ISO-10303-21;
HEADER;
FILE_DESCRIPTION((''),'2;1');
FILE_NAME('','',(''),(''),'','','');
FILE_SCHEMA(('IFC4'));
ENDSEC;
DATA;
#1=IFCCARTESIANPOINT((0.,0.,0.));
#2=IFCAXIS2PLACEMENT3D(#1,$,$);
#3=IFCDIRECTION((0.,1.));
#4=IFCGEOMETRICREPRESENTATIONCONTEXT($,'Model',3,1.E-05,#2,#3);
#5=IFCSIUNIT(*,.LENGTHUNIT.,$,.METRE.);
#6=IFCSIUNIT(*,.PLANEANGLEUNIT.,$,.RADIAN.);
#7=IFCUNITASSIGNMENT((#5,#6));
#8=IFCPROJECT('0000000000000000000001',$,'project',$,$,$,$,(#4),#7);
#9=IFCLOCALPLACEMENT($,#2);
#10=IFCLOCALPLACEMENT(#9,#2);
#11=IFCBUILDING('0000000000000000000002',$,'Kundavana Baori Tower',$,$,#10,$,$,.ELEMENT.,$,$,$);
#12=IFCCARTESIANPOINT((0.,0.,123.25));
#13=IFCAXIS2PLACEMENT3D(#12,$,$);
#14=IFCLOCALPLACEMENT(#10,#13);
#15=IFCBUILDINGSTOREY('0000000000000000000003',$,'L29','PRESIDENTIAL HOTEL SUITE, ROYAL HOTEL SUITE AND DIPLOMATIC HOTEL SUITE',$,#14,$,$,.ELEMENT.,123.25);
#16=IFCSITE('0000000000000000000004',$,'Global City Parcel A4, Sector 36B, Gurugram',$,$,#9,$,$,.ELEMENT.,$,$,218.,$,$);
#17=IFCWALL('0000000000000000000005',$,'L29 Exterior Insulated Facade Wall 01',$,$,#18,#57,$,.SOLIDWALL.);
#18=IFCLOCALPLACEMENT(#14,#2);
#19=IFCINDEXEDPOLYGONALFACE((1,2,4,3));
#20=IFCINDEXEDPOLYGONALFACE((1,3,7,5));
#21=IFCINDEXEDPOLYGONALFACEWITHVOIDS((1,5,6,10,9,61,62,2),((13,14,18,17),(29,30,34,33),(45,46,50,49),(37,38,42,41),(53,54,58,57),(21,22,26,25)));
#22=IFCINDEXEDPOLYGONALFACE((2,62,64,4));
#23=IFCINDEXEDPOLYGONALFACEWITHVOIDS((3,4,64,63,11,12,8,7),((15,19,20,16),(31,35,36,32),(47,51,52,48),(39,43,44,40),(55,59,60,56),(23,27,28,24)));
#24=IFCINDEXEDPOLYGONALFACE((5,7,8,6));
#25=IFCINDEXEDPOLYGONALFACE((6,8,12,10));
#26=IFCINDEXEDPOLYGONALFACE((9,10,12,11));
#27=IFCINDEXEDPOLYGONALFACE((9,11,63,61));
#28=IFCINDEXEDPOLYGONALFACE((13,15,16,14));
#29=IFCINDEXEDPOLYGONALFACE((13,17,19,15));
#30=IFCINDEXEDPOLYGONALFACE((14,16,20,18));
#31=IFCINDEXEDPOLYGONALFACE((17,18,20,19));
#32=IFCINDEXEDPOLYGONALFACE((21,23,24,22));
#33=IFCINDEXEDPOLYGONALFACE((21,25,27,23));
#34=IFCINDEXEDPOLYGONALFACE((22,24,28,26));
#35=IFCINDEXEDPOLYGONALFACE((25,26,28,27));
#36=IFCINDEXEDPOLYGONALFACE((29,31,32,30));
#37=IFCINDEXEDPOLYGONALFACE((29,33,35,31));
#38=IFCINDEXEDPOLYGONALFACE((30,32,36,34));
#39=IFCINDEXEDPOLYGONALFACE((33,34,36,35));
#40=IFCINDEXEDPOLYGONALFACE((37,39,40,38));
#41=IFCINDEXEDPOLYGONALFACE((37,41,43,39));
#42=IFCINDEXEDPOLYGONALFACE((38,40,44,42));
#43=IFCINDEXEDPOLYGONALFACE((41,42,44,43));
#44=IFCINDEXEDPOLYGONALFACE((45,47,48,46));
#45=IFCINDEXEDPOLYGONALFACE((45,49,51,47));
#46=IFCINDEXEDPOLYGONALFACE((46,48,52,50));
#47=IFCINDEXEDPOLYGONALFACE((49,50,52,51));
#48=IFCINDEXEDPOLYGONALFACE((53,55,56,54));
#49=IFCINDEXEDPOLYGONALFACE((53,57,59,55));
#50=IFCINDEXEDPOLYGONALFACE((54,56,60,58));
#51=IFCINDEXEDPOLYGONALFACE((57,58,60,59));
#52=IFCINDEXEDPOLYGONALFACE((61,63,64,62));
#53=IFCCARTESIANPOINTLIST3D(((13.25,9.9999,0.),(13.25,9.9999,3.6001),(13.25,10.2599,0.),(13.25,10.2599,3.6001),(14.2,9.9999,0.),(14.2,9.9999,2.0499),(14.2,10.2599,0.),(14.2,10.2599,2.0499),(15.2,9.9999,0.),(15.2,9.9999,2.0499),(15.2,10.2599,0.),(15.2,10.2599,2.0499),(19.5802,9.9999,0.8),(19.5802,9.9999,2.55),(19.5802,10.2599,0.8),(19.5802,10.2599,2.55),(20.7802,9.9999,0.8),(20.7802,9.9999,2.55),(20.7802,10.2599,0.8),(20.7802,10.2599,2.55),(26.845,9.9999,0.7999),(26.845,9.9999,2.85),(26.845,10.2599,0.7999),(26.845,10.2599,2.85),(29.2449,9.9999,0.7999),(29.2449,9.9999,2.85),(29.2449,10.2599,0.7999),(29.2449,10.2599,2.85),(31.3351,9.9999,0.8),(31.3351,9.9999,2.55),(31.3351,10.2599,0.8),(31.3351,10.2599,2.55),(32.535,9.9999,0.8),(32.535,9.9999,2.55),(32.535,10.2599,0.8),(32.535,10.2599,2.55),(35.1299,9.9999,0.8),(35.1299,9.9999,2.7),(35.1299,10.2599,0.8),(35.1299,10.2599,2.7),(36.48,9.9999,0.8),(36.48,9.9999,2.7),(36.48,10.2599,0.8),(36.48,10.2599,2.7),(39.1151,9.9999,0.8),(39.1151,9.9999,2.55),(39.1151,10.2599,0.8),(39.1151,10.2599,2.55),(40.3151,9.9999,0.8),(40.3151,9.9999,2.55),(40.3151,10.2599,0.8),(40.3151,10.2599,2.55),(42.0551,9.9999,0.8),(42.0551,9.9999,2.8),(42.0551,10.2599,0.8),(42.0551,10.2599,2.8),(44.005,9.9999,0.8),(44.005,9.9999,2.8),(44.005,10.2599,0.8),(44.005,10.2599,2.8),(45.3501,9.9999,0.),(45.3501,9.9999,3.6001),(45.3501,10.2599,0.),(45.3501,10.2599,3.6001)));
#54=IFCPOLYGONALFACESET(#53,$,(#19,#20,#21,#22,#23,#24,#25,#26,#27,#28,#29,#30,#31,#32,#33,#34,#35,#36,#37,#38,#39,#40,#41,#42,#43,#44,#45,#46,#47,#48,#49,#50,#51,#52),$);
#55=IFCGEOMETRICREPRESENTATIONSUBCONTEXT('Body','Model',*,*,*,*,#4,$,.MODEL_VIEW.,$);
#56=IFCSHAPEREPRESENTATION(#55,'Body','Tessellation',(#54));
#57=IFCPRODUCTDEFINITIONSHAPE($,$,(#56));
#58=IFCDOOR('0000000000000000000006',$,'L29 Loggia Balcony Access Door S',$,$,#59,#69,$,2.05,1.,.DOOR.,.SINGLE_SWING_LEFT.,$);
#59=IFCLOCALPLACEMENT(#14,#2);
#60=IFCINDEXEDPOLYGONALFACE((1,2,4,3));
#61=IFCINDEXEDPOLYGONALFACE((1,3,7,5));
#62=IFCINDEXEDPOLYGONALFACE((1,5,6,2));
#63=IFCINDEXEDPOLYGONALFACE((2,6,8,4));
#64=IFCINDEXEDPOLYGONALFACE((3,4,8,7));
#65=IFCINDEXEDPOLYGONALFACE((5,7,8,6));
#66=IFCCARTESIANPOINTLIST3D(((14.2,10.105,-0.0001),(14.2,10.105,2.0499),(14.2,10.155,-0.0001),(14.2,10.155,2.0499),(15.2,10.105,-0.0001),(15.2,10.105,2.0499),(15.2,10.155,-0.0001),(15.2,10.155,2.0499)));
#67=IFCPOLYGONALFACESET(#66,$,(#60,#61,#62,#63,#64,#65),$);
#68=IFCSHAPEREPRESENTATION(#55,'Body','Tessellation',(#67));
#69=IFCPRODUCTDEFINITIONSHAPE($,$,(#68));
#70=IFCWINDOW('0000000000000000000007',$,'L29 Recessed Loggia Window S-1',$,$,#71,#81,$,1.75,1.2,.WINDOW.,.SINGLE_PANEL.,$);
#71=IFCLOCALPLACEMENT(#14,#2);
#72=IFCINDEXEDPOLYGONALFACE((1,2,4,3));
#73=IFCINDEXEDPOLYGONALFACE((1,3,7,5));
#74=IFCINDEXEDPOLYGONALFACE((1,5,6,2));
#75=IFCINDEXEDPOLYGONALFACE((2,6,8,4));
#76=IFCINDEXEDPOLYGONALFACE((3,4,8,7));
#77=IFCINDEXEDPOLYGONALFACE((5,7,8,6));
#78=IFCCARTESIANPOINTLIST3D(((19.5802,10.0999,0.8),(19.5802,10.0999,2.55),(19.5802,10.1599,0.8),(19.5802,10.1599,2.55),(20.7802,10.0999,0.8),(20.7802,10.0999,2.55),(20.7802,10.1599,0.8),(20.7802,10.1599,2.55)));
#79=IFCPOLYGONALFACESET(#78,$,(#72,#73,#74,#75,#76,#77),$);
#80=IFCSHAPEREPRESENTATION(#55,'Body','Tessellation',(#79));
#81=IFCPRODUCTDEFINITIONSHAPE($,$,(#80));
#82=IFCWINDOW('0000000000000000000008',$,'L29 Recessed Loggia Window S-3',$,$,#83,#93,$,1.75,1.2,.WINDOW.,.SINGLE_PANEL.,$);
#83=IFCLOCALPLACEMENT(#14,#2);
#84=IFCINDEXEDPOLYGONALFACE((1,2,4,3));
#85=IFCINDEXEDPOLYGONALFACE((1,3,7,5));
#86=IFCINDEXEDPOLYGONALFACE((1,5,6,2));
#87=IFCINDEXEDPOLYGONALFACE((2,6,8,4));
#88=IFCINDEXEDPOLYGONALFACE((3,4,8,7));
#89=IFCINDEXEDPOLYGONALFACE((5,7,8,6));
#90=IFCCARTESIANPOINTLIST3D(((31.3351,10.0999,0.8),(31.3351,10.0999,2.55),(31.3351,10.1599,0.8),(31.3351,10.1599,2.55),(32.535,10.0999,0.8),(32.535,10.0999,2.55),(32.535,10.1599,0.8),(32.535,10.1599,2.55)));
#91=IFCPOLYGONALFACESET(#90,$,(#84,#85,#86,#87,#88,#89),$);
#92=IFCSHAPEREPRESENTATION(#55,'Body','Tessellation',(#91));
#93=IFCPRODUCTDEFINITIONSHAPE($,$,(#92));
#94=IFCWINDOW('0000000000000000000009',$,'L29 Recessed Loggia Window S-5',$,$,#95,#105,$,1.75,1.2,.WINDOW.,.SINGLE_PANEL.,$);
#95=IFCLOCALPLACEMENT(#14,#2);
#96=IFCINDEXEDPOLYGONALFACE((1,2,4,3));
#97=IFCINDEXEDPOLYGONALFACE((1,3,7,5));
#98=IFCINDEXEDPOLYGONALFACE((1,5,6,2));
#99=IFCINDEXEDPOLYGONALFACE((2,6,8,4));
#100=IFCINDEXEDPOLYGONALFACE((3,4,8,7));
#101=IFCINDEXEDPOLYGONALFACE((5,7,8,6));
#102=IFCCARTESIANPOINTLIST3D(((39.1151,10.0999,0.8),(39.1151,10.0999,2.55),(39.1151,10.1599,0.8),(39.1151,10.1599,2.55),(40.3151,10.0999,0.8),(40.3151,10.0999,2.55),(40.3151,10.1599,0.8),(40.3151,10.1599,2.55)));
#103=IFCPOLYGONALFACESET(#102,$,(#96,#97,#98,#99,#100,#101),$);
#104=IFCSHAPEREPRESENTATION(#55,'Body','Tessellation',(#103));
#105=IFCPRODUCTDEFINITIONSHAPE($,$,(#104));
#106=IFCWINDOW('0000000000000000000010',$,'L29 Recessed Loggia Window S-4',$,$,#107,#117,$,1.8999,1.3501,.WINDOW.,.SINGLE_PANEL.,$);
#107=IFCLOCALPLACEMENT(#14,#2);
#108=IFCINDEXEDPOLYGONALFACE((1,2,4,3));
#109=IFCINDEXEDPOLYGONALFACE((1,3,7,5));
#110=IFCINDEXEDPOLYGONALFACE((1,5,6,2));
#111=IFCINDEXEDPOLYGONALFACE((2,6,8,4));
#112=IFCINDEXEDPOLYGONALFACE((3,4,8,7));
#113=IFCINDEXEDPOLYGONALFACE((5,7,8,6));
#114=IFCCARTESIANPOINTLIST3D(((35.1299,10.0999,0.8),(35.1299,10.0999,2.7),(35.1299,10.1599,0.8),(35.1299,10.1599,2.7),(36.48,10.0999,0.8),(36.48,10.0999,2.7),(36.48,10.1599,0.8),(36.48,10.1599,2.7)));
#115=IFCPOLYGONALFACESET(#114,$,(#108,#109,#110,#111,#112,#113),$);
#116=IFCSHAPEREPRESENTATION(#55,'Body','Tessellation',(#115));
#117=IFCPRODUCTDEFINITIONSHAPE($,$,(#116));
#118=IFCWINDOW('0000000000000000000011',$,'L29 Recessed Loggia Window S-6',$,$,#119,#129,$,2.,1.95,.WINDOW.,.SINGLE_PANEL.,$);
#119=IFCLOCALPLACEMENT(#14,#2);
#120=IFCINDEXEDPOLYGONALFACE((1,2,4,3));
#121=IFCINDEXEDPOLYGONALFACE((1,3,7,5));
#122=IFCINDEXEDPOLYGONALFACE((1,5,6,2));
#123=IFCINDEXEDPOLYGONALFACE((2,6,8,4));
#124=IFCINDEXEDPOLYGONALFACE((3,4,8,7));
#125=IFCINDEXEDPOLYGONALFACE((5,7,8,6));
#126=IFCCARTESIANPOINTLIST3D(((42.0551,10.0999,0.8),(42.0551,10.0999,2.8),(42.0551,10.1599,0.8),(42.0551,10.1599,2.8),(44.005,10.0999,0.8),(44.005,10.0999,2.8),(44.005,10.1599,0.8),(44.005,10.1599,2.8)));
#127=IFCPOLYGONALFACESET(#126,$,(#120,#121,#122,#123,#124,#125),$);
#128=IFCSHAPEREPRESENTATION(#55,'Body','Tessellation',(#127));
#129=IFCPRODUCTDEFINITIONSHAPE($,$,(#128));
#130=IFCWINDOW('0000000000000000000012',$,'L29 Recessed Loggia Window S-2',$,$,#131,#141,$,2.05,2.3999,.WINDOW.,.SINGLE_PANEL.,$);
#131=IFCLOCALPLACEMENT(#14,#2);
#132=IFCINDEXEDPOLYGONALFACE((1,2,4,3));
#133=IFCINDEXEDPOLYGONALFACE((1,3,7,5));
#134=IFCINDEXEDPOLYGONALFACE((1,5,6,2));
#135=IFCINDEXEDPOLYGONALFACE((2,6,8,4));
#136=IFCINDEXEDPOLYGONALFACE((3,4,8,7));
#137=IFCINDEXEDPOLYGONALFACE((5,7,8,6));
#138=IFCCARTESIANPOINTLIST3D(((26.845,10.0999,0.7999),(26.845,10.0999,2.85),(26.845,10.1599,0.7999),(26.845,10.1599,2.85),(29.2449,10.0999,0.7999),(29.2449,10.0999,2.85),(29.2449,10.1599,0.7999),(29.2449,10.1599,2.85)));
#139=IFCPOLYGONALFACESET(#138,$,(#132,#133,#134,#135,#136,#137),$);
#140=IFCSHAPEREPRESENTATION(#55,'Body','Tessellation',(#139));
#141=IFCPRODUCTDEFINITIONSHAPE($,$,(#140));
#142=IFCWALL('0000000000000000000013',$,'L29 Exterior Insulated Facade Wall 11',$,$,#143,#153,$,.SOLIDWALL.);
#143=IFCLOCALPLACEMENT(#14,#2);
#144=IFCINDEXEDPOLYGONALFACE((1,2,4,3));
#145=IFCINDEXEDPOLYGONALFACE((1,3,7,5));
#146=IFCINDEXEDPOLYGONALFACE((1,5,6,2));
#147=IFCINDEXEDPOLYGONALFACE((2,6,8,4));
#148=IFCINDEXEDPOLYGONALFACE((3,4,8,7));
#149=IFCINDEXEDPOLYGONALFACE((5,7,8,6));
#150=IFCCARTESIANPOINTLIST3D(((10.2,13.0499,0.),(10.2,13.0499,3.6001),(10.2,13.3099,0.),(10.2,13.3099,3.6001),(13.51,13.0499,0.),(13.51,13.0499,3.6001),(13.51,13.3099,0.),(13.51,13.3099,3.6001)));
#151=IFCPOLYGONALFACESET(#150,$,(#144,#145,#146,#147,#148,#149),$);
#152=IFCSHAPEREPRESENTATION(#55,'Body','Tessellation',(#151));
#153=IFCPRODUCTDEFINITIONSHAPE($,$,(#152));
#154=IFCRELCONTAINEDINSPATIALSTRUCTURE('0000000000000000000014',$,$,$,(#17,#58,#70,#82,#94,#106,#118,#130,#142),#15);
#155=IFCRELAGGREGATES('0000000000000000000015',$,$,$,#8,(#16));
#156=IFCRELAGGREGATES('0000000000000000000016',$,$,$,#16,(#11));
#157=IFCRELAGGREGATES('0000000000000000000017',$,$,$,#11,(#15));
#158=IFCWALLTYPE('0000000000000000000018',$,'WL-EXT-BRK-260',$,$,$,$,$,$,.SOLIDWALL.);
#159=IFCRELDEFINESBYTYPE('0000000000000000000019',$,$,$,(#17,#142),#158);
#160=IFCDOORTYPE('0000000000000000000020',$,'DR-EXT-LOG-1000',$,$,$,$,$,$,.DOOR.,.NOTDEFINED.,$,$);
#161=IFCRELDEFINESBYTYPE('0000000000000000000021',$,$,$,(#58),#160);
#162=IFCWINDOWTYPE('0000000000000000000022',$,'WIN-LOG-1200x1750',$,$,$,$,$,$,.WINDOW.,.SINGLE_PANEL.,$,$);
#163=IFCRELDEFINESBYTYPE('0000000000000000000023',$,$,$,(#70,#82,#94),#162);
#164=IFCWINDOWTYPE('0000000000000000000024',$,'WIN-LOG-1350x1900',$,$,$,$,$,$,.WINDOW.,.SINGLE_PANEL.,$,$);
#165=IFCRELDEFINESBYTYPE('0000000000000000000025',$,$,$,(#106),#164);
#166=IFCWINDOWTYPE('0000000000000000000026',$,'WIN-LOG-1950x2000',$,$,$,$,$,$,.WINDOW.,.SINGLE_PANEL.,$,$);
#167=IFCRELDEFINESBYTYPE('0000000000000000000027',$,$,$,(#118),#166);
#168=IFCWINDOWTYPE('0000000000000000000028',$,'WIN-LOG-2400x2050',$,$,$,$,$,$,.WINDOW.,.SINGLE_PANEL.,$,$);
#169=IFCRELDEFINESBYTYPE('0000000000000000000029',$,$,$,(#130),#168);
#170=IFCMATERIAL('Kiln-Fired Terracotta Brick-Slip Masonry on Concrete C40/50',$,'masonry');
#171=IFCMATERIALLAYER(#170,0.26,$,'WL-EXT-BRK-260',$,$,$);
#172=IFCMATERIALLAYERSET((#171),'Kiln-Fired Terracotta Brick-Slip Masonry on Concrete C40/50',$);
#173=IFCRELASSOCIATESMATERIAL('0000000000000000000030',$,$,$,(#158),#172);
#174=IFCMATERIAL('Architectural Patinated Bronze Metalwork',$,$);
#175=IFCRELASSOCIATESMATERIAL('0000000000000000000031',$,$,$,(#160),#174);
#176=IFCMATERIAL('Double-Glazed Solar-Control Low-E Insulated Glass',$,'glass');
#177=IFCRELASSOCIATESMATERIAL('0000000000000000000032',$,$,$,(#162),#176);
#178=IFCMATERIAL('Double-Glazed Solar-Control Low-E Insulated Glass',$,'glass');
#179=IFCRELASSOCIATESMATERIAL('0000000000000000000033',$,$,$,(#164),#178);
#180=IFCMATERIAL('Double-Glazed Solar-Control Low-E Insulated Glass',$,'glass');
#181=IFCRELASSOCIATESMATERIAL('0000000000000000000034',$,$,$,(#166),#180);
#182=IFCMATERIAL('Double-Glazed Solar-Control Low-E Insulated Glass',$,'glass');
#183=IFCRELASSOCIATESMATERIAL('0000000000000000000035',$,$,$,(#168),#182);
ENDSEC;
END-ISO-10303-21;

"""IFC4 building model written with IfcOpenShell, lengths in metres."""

from ifc_helpers import new_model, si_unit, direction, frame, frame_2d, origin, place, context, subcontext, project, spatial, rectangle, extrude, material, layer, layer_set, type_object, element, fill, save


model = new_model("IFC4")

# Units and contexts
model_context = context("Model", 3, precision=1e-05, world=origin(), true_north=direction((0.0, 1.0)))
body_context = subcontext(model_context, "Body", "Model", "MODEL_VIEW")
ifc_project = project(units=[si_unit("LENGTHUNIT", "METRE"), si_unit("PLANEANGLEUNIT", "RADIAN")], contexts=[model_context])

# Site, building, storey
site_placement = place(None, origin())
site = spatial("IfcSite", under=ifc_project, at=site_placement, Name="Global City Parcel A4, Sector 36B, Gurugram", CompositionType="ELEMENT", RefElevation=218.0)
building_placement = place(site_placement, origin())
building = spatial("IfcBuilding", under=site, at=building_placement, Name="Kundavana Baori Tower", CompositionType="ELEMENT")
storey_placement = place(building_placement, frame((0.0, 0.0, 123.25)))
storey = spatial("IfcBuildingStorey", under=building, at=storey_placement, Name="L29", Description="PRESIDENTIAL HOTEL SUITE, ROYAL HOTEL SUITE AND DIPLOMATIC HOTEL SUITE", CompositionType="ELEMENT", Elevation=123.25)

# Wall, openings, door, windows
ifc_material_1 = material(Name="Kiln-Fired Terracotta Brick-Slip Masonry on Concrete C40/50", Category="masonry")
ifc_layer_1 = layer(ifc_material_1, 0.26, Name="WL-EXT-BRK-260")
ifc_layer_set_1 = layer_set([ifc_layer_1], Name="Kiln-Fired Terracotta Brick-Slip Masonry on Concrete C40/50")
wall_type_1 = type_object("IfcWallType", Name="WL-EXT-BRK-260", PredefinedType="SOLIDWALL", material=ifc_layer_set_1)
wall_1_placement = place(storey_placement, frame((13.25, 10.1299, 0.0), z_axis=(0.0, 0.0, 1.0), x_axis=(1.0, 0.0, 0.0)))
wall_1 = element("IfcWall", 1, at=wall_1_placement, inside=storey, type_object=wall_type_1, Name="L29 Exterior Insulated Facade Wall 01", PredefinedType="SOLIDWALL", context=body_context, shape_type="SweptSolid", body=[
    extrude(rectangle(XDim=32.1001, YDim=0.26, at=frame_2d((16.05, 0.0))), origin(), (0.0, 0.0, 1.0), 3.6001),
])
opening_1_placement = place(wall_1_placement, frame((0.95, 0.0, 0.0)))
opening_1 = element("IfcOpeningElement", 2, at=opening_1_placement, cuts=wall_1, PredefinedType="OPENING", context=body_context, shape_type="SweptSolid", body=[
    extrude(rectangle(XDim=1.0, YDim=2.05, at=frame_2d((0.5, 1.0249))), frame((0.0, 0.1401, 0.0), z_axis=(0.0, -1.0, 0.0), x_axis=(1.0, 0.0, 0.0)), (0.0, 0.0, 1.0), 0.28),
])
opening_2_placement = place(wall_1_placement, frame((6.3301, 0.0, 0.8)))
opening_2 = element("IfcOpeningElement", 3, at=opening_2_placement, cuts=wall_1, PredefinedType="OPENING", context=body_context, shape_type="SweptSolid", body=[
    extrude(rectangle(XDim=1.2, YDim=1.75, at=frame_2d((0.6001, 0.875))), frame((0.0, 0.1401, 0.0), z_axis=(0.0, -1.0, 0.0), x_axis=(1.0, 0.0, 0.0)), (0.0, 0.0, 1.0), 0.28),
])
opening_3_placement = place(wall_1_placement, frame((13.595, 0.0, 0.8)))
opening_3 = element("IfcOpeningElement", 4, at=opening_3_placement, cuts=wall_1, PredefinedType="OPENING", context=body_context, shape_type="SweptSolid", body=[
    extrude(rectangle(XDim=2.3999, YDim=2.05, at=frame_2d((1.2, 1.0249))), frame((0.0, 0.1401, 0.0), z_axis=(0.0, -1.0, 0.0), x_axis=(1.0, 0.0, 0.0)), (0.0, 0.0, 1.0), 0.28),
])
opening_4_placement = place(wall_1_placement, frame((18.085, 0.0, 0.8)))
opening_4 = element("IfcOpeningElement", 5, at=opening_4_placement, cuts=wall_1, PredefinedType="OPENING", context=body_context, shape_type="SweptSolid", body=[
    extrude(rectangle(XDim=1.2, YDim=1.75, at=frame_2d((0.6001, 0.875))), frame((0.0, 0.1401, 0.0), z_axis=(0.0, -1.0, 0.0), x_axis=(1.0, 0.0, 0.0)), (0.0, 0.0, 1.0), 0.28),
])
opening_5_placement = place(wall_1_placement, frame((21.8799, 0.0, 0.8)))
opening_5 = element("IfcOpeningElement", 6, at=opening_5_placement, cuts=wall_1, PredefinedType="OPENING", context=body_context, shape_type="SweptSolid", body=[
    extrude(rectangle(XDim=1.3501, YDim=1.8999, at=frame_2d((0.675, 0.95))), frame((0.0, 0.1401, 0.0), z_axis=(0.0, -1.0, 0.0), x_axis=(1.0, 0.0, 0.0)), (0.0, 0.0, 1.0), 0.28),
])
opening_6_placement = place(wall_1_placement, frame((25.865, 0.0, 0.8)))
opening_6 = element("IfcOpeningElement", 7, at=opening_6_placement, cuts=wall_1, PredefinedType="OPENING", context=body_context, shape_type="SweptSolid", body=[
    extrude(rectangle(XDim=1.2, YDim=1.75, at=frame_2d((0.6001, 0.875))), frame((0.0, 0.1401, 0.0), z_axis=(0.0, -1.0, 0.0), x_axis=(1.0, 0.0, 0.0)), (0.0, 0.0, 1.0), 0.28),
])
opening_7_placement = place(wall_1_placement, frame((28.8049, 0.0, 0.8)))
opening_7 = element("IfcOpeningElement", 8, at=opening_7_placement, cuts=wall_1, PredefinedType="OPENING", context=body_context, shape_type="SweptSolid", body=[
    extrude(rectangle(XDim=1.95, YDim=2.0, at=frame_2d((0.9751, 1.0))), frame((0.0, 0.1401, 0.0), z_axis=(0.0, -1.0, 0.0), x_axis=(1.0, 0.0, 0.0)), (0.0, 0.0, 1.0), 0.28),
])
ifc_material_2 = material(Name="Architectural Patinated Bronze Metalwork")
door_type_1 = type_object("IfcDoorType", Name="DR-EXT-LOG-1000", OperationType="NOTDEFINED", PredefinedType="DOOR", material=ifc_material_2)
door_1_placement = place(opening_1_placement, frame((1.0, 0.0, 0.0), z_axis=(0.0, 0.0, 1.0), x_axis=(-1.0, 0.0, 0.0)))
door_1 = element("IfcDoor", 9, at=door_1_placement, inside=storey, type_object=door_type_1, Name="L29 Loggia Balcony Access Door S", OperationType="SINGLE_SWING_LEFT", OverallHeight=2.05, OverallWidth=1.0, PredefinedType="DOOR", context=body_context, shape_type="SweptSolid", body=[
    extrude(rectangle(XDim=1.0, YDim=2.05, at=frame_2d((0.5, 1.0249))), frame((0.0, 0.0249, 0.0), z_axis=(0.0, -1.0, 0.0), x_axis=(1.0, 0.0, 0.0)), (0.0, 0.0, 1.0), 0.05),
])
fill(opening_1, door_1)
ifc_material_3 = material(Name="Double-Glazed Solar-Control Low-E Insulated Glass", Category="glass")
window_type_1 = type_object("IfcWindowType", Name="WIN-LOG-1200x1750", PartitioningType="SINGLE_PANEL", PredefinedType="WINDOW", material=ifc_material_3)
window_1_placement = place(opening_2_placement, origin())
window_1 = element("IfcWindow", 10, at=window_1_placement, inside=storey, type_object=window_type_1, Name="L29 Recessed Loggia Window S-1", OverallHeight=1.75, OverallWidth=1.2, PartitioningType="SINGLE_PANEL", PredefinedType="WINDOW", context=body_context, shape_type="SweptSolid", body=[
    extrude(rectangle(XDim=1.2, YDim=1.75, at=frame_2d((0.6001, 0.875))), frame((0.0, 0.03, 0.0), z_axis=(0.0, -1.0, 0.0), x_axis=(1.0, 0.0, 0.0)), (0.0, 0.0, 1.0), 0.0601),
])
fill(opening_2, window_1)
window_2_placement = place(opening_4_placement, origin())
window_2 = element("IfcWindow", 11, at=window_2_placement, inside=storey, type_object=window_type_1, Name="L29 Recessed Loggia Window S-3", OverallHeight=1.75, OverallWidth=1.2, PartitioningType="SINGLE_PANEL", PredefinedType="WINDOW", context=body_context, shape_type="SweptSolid", body=[
    extrude(rectangle(XDim=1.2, YDim=1.75, at=frame_2d((0.6001, 0.875))), frame((0.0, 0.03, 0.0), z_axis=(0.0, -1.0, 0.0), x_axis=(1.0, 0.0, 0.0)), (0.0, 0.0, 1.0), 0.0601),
])
fill(opening_4, window_2)
window_3_placement = place(opening_6_placement, origin())
window_3 = element("IfcWindow", 12, at=window_3_placement, inside=storey, type_object=window_type_1, Name="L29 Recessed Loggia Window S-5", OverallHeight=1.75, OverallWidth=1.2, PartitioningType="SINGLE_PANEL", PredefinedType="WINDOW", context=body_context, shape_type="SweptSolid", body=[
    extrude(rectangle(XDim=1.2, YDim=1.75, at=frame_2d((0.6001, 0.875))), frame((0.0, 0.03, 0.0), z_axis=(0.0, -1.0, 0.0), x_axis=(1.0, 0.0, 0.0)), (0.0, 0.0, 1.0), 0.0601),
])
fill(opening_6, window_3)
ifc_material_4 = material(Name="Double-Glazed Solar-Control Low-E Insulated Glass", Category="glass")
window_type_2 = type_object("IfcWindowType", Name="WIN-LOG-1350x1900", PartitioningType="SINGLE_PANEL", PredefinedType="WINDOW", material=ifc_material_4)
window_4_placement = place(opening_5_placement, origin())
window_4 = element("IfcWindow", 13, at=window_4_placement, inside=storey, type_object=window_type_2, Name="L29 Recessed Loggia Window S-4", OverallHeight=1.8999, OverallWidth=1.3501, PartitioningType="SINGLE_PANEL", PredefinedType="WINDOW", context=body_context, shape_type="SweptSolid", body=[
    extrude(rectangle(XDim=1.3501, YDim=1.8999, at=frame_2d((0.675, 0.95))), frame((0.0, 0.03, 0.0), z_axis=(0.0, -1.0, 0.0), x_axis=(1.0, 0.0, 0.0)), (0.0, 0.0, 1.0), 0.0601),
])
fill(opening_5, window_4)
ifc_material_5 = material(Name="Double-Glazed Solar-Control Low-E Insulated Glass", Category="glass")
window_type_3 = type_object("IfcWindowType", Name="WIN-LOG-1950x2000", PartitioningType="SINGLE_PANEL", PredefinedType="WINDOW", material=ifc_material_5)
window_5_placement = place(opening_7_placement, origin())
window_5 = element("IfcWindow", 14, at=window_5_placement, inside=storey, type_object=window_type_3, Name="L29 Recessed Loggia Window S-6", OverallHeight=2.0, OverallWidth=1.95, PartitioningType="SINGLE_PANEL", PredefinedType="WINDOW", context=body_context, shape_type="SweptSolid", body=[
    extrude(rectangle(XDim=1.95, YDim=2.0, at=frame_2d((0.9751, 1.0))), frame((0.0, 0.03, 0.0), z_axis=(0.0, -1.0, 0.0), x_axis=(1.0, 0.0, 0.0)), (0.0, 0.0, 1.0), 0.0601),
])
fill(opening_7, window_5)
ifc_material_6 = material(Name="Double-Glazed Solar-Control Low-E Insulated Glass", Category="glass")
window_type_4 = type_object("IfcWindowType", Name="WIN-LOG-2400x2050", PartitioningType="SINGLE_PANEL", PredefinedType="WINDOW", material=ifc_material_6)
window_6_placement = place(opening_3_placement, origin())
window_6 = element("IfcWindow", 15, at=window_6_placement, inside=storey, type_object=window_type_4, Name="L29 Recessed Loggia Window S-2", OverallHeight=2.05, OverallWidth=2.3999, PartitioningType="SINGLE_PANEL", PredefinedType="WINDOW", context=body_context, shape_type="SweptSolid", body=[
    extrude(rectangle(XDim=2.3999, YDim=2.05, at=frame_2d((1.2, 1.0249))), frame((0.0, 0.03, 0.0), z_axis=(0.0, -1.0, 0.0), x_axis=(1.0, 0.0, 0.0)), (0.0, 0.0, 1.0), 0.0601),
])
fill(opening_3, window_6)

# Wall
wall_2_placement = place(storey_placement, frame((10.2, 13.1799, 0.0), z_axis=(0.0, 0.0, 1.0), x_axis=(1.0, 0.0, 0.0)))
element("IfcWall", 16, at=wall_2_placement, inside=storey, type_object=wall_type_1, Name="L29 Exterior Insulated Facade Wall 11", PredefinedType="SOLIDWALL", context=body_context, shape_type="SweptSolid", body=[
    extrude(rectangle(XDim=3.3101, YDim=0.26, at=frame_2d((1.655, 0.0))), origin(), (0.0, 0.0, 1.0), 3.6001),
])

save(model, "model.ifc")
